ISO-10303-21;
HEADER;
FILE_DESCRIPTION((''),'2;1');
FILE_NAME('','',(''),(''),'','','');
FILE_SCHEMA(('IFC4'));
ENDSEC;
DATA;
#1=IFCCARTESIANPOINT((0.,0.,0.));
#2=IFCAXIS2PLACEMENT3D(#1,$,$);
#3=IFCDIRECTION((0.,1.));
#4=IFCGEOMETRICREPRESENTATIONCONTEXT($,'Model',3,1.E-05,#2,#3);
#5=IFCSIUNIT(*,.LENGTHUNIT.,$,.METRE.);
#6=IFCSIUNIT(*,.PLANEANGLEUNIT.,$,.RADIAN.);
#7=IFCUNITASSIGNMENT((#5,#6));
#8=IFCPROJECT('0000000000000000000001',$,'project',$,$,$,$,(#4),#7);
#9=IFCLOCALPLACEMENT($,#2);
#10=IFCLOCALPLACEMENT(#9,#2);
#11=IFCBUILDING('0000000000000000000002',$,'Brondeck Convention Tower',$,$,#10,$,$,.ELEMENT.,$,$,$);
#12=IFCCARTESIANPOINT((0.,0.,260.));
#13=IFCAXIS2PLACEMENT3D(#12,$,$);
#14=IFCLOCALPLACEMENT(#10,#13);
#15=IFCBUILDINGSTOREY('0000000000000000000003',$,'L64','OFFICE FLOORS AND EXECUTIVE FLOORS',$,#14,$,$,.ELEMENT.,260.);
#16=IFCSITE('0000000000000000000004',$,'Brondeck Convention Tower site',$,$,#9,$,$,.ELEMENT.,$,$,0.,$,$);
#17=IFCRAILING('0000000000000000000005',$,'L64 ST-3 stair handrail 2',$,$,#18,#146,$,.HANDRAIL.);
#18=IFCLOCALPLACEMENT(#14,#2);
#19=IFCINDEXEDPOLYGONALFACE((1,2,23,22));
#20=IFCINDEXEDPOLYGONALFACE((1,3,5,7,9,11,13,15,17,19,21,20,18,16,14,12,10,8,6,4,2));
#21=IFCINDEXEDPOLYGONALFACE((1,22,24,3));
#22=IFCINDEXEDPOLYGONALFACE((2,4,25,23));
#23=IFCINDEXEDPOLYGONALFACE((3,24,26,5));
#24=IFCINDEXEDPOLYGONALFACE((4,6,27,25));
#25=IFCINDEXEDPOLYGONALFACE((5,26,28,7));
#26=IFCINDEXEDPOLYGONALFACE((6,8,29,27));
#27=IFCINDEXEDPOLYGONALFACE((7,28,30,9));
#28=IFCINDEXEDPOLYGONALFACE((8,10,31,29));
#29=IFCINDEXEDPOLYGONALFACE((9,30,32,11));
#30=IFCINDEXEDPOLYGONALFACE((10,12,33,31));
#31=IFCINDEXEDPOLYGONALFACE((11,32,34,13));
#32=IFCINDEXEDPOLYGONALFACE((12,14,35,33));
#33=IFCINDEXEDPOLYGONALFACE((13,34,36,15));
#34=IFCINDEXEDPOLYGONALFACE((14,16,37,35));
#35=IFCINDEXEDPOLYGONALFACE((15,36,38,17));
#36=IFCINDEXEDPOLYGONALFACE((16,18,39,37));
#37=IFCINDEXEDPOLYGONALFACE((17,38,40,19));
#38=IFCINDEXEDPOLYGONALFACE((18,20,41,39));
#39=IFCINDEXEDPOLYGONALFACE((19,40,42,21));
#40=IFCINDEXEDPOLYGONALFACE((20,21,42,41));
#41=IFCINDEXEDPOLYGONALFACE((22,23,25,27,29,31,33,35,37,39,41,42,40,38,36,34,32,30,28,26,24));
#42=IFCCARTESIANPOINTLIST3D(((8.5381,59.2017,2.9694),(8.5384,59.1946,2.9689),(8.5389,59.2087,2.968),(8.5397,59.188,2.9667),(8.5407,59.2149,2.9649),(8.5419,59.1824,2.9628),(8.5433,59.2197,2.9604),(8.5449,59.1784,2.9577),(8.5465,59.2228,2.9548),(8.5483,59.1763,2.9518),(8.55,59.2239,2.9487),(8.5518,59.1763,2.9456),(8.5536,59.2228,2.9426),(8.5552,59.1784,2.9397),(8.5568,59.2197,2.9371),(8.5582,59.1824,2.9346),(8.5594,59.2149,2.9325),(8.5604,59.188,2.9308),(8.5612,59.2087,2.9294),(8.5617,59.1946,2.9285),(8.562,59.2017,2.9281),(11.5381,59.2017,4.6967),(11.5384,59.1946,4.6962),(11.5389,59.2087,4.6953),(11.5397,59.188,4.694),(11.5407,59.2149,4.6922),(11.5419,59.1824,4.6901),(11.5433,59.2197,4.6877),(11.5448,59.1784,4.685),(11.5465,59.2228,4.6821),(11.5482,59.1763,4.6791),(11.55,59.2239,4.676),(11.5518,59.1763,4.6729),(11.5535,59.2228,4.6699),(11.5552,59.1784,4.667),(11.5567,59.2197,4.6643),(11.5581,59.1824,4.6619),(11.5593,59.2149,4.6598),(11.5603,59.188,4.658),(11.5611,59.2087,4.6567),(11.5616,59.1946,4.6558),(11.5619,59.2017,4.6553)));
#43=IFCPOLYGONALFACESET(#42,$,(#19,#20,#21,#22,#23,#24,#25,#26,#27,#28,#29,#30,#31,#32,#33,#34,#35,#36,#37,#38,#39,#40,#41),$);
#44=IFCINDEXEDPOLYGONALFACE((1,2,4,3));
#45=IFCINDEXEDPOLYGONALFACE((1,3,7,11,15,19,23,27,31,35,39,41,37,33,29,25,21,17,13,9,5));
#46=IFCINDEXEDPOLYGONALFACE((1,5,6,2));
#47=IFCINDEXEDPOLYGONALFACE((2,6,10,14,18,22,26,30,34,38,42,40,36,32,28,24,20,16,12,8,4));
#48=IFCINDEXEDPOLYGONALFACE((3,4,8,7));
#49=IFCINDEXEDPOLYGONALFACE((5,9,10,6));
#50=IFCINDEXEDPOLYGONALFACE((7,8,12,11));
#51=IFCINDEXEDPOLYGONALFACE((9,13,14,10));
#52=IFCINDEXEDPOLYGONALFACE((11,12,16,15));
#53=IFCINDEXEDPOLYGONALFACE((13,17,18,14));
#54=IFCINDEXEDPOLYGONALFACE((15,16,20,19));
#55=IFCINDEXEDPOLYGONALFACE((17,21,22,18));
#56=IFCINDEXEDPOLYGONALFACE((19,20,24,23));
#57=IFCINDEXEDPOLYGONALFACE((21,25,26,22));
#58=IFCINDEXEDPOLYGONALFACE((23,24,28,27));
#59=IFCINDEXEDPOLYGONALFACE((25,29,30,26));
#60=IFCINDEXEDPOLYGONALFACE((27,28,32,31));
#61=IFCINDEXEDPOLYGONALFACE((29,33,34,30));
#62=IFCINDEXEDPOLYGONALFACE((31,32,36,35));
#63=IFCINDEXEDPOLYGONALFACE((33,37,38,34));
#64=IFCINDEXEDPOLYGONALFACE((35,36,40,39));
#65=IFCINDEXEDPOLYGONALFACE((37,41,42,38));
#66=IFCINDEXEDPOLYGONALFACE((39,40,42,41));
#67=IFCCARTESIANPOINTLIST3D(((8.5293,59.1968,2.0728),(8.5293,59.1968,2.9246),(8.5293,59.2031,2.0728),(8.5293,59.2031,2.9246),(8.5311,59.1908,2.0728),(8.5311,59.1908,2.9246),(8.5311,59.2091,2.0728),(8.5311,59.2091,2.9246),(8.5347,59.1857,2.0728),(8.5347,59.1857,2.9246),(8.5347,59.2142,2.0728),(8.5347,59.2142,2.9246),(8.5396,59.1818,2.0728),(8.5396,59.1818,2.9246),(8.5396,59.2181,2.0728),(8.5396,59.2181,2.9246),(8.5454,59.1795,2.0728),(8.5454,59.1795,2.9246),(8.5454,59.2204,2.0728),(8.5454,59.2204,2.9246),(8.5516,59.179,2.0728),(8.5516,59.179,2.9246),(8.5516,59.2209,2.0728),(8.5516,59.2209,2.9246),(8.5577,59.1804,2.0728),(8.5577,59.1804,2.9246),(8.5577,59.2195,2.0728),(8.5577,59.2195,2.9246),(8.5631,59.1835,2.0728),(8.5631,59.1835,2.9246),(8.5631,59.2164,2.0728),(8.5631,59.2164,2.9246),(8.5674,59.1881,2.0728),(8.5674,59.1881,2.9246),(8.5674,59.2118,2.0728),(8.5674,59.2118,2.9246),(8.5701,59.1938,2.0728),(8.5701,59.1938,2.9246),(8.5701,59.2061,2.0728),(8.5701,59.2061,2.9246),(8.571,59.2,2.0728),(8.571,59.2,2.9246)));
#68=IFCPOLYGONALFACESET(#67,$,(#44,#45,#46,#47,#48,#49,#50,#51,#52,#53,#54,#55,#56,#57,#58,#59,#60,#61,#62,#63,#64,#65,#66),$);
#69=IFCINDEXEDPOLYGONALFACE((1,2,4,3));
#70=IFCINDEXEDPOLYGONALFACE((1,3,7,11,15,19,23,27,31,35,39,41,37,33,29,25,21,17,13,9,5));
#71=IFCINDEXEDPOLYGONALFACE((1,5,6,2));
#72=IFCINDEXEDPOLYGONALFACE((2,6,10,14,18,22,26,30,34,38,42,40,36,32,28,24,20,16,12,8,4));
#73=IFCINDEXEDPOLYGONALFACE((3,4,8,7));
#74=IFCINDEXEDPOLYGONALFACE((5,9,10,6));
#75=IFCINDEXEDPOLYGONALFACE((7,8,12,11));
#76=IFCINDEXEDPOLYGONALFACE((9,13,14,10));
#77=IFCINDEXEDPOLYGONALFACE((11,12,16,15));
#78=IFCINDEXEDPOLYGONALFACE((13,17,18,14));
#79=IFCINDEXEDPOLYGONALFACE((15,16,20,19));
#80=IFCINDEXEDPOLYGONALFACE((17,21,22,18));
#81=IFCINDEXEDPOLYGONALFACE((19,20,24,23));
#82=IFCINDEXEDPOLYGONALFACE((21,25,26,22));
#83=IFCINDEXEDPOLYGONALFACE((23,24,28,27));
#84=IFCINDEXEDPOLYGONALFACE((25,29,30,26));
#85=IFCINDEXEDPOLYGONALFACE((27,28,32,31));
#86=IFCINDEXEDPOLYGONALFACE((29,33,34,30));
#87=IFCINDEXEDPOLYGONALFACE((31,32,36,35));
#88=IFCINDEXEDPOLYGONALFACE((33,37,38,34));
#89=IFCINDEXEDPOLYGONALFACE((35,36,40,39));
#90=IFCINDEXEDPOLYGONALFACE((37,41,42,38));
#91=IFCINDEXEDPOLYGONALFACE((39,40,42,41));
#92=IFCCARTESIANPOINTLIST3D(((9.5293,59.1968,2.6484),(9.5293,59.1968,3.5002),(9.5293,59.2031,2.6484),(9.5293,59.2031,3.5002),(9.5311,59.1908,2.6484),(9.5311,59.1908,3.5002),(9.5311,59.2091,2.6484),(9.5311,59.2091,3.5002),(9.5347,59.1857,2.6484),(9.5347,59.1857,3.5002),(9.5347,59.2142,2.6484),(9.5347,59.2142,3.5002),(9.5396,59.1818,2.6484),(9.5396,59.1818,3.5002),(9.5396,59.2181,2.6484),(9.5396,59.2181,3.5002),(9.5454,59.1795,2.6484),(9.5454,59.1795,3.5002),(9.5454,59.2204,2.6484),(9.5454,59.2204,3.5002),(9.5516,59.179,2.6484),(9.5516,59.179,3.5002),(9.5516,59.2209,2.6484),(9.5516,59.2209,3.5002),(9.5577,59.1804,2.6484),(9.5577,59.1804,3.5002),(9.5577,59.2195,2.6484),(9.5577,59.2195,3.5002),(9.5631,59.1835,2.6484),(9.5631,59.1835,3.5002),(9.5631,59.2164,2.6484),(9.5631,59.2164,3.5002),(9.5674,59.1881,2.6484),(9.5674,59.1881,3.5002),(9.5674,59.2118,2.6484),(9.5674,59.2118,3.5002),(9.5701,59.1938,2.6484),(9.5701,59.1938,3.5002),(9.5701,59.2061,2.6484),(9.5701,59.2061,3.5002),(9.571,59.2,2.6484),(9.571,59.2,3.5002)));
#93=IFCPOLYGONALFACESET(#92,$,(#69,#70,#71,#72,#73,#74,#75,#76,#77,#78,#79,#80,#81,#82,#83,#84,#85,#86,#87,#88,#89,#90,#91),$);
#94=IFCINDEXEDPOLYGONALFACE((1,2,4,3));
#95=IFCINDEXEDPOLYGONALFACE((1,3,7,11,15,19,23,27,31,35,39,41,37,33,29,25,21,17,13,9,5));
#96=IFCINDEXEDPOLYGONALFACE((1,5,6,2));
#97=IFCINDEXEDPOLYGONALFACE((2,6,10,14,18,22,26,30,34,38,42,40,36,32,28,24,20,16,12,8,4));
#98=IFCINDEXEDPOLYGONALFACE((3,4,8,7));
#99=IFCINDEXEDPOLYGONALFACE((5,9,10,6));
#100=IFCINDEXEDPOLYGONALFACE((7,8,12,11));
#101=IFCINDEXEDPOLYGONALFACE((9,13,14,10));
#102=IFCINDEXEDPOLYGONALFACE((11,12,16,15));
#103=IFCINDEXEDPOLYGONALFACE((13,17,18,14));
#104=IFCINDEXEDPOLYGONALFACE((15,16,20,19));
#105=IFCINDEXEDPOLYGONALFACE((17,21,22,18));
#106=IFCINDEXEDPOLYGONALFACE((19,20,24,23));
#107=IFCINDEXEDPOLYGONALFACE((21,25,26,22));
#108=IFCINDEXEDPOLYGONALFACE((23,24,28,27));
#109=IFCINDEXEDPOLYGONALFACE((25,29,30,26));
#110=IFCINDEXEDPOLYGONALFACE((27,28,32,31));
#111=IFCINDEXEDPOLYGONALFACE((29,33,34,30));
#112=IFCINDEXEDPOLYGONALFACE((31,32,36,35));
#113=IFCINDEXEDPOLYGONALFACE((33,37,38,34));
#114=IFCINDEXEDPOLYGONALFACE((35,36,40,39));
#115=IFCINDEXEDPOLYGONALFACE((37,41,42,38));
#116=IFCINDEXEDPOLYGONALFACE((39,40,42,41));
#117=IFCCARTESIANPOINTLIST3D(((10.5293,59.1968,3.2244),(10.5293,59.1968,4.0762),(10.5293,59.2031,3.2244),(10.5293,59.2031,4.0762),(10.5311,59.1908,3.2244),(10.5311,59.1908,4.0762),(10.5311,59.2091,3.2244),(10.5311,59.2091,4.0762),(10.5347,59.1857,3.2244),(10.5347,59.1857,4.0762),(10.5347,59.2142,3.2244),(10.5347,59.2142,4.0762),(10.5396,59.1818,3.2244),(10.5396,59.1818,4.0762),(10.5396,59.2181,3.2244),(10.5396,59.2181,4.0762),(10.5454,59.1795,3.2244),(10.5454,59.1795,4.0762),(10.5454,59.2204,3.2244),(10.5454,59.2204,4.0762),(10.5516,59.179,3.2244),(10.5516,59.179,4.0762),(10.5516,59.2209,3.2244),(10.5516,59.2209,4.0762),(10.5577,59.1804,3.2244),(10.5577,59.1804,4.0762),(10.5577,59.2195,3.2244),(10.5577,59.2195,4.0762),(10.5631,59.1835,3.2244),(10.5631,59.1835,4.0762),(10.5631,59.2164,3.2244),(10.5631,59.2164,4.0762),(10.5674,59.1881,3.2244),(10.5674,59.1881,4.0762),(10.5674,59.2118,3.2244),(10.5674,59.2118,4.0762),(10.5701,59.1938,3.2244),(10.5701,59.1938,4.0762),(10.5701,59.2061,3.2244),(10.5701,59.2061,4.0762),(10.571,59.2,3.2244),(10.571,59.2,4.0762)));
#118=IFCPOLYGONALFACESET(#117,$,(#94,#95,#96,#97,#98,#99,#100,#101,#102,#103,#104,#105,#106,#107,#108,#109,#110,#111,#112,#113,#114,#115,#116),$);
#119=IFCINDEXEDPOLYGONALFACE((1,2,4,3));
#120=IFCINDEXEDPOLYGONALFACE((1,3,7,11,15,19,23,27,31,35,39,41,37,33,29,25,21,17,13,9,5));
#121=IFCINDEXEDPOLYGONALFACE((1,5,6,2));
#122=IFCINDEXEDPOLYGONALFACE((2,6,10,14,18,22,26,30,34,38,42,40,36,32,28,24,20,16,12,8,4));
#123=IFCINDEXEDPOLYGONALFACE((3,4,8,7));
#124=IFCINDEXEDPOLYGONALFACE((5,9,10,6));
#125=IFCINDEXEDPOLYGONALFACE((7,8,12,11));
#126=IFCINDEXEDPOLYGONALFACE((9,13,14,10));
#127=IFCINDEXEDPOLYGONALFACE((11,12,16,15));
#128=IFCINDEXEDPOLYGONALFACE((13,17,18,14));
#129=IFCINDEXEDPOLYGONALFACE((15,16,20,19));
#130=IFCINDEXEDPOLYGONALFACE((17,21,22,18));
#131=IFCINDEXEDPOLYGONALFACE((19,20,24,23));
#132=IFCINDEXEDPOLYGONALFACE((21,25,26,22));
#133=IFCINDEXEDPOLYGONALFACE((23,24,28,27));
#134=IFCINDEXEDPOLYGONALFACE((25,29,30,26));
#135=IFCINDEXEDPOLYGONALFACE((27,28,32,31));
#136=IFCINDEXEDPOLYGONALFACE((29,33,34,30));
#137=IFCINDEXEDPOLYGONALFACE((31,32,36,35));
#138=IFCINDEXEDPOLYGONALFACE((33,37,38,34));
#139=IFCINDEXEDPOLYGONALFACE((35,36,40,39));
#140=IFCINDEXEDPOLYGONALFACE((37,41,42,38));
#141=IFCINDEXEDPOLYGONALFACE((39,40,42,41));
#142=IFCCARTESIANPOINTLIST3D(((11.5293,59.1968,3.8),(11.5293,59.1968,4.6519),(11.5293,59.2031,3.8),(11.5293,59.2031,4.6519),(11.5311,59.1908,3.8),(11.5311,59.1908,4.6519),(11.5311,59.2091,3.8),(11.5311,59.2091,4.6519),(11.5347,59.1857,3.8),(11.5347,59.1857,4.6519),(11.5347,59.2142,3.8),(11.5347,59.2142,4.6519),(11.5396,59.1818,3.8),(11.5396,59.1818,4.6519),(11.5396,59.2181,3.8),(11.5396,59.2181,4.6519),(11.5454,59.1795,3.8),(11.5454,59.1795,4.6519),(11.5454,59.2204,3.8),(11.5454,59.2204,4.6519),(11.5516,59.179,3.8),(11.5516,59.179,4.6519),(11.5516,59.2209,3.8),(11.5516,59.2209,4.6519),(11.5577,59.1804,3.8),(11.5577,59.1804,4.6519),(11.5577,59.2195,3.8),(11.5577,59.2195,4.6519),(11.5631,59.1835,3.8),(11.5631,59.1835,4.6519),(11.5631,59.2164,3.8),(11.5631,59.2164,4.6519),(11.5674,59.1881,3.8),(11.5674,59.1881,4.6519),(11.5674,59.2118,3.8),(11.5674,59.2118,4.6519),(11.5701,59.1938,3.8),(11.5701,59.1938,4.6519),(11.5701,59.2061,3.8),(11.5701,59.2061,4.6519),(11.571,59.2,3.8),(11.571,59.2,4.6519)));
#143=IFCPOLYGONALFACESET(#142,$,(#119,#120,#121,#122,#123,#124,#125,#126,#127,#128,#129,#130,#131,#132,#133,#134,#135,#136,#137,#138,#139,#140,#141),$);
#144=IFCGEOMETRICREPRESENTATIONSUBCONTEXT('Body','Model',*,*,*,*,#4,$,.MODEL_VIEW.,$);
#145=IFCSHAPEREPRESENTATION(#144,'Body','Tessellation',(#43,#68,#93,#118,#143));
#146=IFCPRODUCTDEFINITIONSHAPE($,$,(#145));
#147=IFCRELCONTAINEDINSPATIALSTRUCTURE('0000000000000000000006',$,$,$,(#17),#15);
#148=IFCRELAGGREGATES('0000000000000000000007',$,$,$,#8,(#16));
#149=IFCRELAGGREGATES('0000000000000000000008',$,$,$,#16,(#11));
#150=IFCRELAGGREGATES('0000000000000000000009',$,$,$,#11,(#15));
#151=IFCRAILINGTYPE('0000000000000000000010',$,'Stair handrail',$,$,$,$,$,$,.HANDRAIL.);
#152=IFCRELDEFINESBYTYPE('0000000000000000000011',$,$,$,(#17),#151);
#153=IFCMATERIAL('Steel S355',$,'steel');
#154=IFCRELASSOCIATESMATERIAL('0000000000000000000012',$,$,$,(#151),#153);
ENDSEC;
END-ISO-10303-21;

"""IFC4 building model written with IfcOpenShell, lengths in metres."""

from ifc_helpers import new_model, si_unit, direction, frame, origin, origin_2d, place, context, subcontext, project, spatial, circle, extrude, material, type_object, element, save


model = new_model("IFC4")

# Units and contexts
model_context = context("Model", 3, precision=1e-05, world=origin(), true_north=direction((0.0, 1.0)))
body_context = subcontext(model_context, "Body", "Model", "MODEL_VIEW")
ifc_project = project(units=[si_unit("LENGTHUNIT", "METRE"), si_unit("PLANEANGLEUNIT", "RADIAN")], contexts=[model_context])

# Site, building, storey
site_placement = place(None, origin())
site = spatial("IfcSite", under=ifc_project, at=site_placement, Name="Brondeck Convention Tower site", CompositionType="ELEMENT", RefElevation=0.0)
building_placement = place(site_placement, origin())
building = spatial("IfcBuilding", under=site, at=building_placement, Name="Brondeck Convention Tower", CompositionType="ELEMENT")
storey_placement = place(building_placement, frame((0.0, 0.0, 260.0)))
storey = spatial("IfcBuildingStorey", under=building, at=storey_placement, Name="L64", Description="OFFICE FLOORS AND EXECUTIVE FLOORS", CompositionType="ELEMENT", Elevation=260.0)

# Railing
ifc_material_1 = material(Name="Steel S355", Category="steel")
railing_type = type_object("IfcRailingType", Name="Stair handrail", PredefinedType="HANDRAIL", material=ifc_material_1)
railing_placement = place(storey_placement, frame((8.55, 59.2, 2.0728)))
element("IfcRailing", 1, at=railing_placement, inside=storey, type_object=railing_type, Name="L64 ST-3 stair handrail 2", PredefinedType="HANDRAIL", context=body_context, shape_type="SweptSolid", body=[
    extrude(circle(Radius=0.0239, at=origin_2d()), frame((0.0, 0.0, 0.876), z_axis=(0.86662, 0.0, 0.498969), x_axis=(0.0, 1.0, 0.0)), (0.0, 0.0, 1.0), 3.4617),
    extrude(circle(Radius=0.021, at=origin_2d()), origin(), (0.0, 0.0, 1.0), 0.8518),
    extrude(circle(Radius=0.021, at=origin_2d()), frame((1.0, 0.0, 0.5757)), (0.0, 0.0, 1.0), 0.8518),
    extrude(circle(Radius=0.021, at=origin_2d()), frame((2.0, 0.0, 1.1516)), (0.0, 0.0, 1.0), 0.8518),
    extrude(circle(Radius=0.021, at=origin_2d()), frame((3.0, 0.0, 1.7273)), (0.0, 0.0, 1.0), 0.8518),
])

save(model, "model.ifc")
